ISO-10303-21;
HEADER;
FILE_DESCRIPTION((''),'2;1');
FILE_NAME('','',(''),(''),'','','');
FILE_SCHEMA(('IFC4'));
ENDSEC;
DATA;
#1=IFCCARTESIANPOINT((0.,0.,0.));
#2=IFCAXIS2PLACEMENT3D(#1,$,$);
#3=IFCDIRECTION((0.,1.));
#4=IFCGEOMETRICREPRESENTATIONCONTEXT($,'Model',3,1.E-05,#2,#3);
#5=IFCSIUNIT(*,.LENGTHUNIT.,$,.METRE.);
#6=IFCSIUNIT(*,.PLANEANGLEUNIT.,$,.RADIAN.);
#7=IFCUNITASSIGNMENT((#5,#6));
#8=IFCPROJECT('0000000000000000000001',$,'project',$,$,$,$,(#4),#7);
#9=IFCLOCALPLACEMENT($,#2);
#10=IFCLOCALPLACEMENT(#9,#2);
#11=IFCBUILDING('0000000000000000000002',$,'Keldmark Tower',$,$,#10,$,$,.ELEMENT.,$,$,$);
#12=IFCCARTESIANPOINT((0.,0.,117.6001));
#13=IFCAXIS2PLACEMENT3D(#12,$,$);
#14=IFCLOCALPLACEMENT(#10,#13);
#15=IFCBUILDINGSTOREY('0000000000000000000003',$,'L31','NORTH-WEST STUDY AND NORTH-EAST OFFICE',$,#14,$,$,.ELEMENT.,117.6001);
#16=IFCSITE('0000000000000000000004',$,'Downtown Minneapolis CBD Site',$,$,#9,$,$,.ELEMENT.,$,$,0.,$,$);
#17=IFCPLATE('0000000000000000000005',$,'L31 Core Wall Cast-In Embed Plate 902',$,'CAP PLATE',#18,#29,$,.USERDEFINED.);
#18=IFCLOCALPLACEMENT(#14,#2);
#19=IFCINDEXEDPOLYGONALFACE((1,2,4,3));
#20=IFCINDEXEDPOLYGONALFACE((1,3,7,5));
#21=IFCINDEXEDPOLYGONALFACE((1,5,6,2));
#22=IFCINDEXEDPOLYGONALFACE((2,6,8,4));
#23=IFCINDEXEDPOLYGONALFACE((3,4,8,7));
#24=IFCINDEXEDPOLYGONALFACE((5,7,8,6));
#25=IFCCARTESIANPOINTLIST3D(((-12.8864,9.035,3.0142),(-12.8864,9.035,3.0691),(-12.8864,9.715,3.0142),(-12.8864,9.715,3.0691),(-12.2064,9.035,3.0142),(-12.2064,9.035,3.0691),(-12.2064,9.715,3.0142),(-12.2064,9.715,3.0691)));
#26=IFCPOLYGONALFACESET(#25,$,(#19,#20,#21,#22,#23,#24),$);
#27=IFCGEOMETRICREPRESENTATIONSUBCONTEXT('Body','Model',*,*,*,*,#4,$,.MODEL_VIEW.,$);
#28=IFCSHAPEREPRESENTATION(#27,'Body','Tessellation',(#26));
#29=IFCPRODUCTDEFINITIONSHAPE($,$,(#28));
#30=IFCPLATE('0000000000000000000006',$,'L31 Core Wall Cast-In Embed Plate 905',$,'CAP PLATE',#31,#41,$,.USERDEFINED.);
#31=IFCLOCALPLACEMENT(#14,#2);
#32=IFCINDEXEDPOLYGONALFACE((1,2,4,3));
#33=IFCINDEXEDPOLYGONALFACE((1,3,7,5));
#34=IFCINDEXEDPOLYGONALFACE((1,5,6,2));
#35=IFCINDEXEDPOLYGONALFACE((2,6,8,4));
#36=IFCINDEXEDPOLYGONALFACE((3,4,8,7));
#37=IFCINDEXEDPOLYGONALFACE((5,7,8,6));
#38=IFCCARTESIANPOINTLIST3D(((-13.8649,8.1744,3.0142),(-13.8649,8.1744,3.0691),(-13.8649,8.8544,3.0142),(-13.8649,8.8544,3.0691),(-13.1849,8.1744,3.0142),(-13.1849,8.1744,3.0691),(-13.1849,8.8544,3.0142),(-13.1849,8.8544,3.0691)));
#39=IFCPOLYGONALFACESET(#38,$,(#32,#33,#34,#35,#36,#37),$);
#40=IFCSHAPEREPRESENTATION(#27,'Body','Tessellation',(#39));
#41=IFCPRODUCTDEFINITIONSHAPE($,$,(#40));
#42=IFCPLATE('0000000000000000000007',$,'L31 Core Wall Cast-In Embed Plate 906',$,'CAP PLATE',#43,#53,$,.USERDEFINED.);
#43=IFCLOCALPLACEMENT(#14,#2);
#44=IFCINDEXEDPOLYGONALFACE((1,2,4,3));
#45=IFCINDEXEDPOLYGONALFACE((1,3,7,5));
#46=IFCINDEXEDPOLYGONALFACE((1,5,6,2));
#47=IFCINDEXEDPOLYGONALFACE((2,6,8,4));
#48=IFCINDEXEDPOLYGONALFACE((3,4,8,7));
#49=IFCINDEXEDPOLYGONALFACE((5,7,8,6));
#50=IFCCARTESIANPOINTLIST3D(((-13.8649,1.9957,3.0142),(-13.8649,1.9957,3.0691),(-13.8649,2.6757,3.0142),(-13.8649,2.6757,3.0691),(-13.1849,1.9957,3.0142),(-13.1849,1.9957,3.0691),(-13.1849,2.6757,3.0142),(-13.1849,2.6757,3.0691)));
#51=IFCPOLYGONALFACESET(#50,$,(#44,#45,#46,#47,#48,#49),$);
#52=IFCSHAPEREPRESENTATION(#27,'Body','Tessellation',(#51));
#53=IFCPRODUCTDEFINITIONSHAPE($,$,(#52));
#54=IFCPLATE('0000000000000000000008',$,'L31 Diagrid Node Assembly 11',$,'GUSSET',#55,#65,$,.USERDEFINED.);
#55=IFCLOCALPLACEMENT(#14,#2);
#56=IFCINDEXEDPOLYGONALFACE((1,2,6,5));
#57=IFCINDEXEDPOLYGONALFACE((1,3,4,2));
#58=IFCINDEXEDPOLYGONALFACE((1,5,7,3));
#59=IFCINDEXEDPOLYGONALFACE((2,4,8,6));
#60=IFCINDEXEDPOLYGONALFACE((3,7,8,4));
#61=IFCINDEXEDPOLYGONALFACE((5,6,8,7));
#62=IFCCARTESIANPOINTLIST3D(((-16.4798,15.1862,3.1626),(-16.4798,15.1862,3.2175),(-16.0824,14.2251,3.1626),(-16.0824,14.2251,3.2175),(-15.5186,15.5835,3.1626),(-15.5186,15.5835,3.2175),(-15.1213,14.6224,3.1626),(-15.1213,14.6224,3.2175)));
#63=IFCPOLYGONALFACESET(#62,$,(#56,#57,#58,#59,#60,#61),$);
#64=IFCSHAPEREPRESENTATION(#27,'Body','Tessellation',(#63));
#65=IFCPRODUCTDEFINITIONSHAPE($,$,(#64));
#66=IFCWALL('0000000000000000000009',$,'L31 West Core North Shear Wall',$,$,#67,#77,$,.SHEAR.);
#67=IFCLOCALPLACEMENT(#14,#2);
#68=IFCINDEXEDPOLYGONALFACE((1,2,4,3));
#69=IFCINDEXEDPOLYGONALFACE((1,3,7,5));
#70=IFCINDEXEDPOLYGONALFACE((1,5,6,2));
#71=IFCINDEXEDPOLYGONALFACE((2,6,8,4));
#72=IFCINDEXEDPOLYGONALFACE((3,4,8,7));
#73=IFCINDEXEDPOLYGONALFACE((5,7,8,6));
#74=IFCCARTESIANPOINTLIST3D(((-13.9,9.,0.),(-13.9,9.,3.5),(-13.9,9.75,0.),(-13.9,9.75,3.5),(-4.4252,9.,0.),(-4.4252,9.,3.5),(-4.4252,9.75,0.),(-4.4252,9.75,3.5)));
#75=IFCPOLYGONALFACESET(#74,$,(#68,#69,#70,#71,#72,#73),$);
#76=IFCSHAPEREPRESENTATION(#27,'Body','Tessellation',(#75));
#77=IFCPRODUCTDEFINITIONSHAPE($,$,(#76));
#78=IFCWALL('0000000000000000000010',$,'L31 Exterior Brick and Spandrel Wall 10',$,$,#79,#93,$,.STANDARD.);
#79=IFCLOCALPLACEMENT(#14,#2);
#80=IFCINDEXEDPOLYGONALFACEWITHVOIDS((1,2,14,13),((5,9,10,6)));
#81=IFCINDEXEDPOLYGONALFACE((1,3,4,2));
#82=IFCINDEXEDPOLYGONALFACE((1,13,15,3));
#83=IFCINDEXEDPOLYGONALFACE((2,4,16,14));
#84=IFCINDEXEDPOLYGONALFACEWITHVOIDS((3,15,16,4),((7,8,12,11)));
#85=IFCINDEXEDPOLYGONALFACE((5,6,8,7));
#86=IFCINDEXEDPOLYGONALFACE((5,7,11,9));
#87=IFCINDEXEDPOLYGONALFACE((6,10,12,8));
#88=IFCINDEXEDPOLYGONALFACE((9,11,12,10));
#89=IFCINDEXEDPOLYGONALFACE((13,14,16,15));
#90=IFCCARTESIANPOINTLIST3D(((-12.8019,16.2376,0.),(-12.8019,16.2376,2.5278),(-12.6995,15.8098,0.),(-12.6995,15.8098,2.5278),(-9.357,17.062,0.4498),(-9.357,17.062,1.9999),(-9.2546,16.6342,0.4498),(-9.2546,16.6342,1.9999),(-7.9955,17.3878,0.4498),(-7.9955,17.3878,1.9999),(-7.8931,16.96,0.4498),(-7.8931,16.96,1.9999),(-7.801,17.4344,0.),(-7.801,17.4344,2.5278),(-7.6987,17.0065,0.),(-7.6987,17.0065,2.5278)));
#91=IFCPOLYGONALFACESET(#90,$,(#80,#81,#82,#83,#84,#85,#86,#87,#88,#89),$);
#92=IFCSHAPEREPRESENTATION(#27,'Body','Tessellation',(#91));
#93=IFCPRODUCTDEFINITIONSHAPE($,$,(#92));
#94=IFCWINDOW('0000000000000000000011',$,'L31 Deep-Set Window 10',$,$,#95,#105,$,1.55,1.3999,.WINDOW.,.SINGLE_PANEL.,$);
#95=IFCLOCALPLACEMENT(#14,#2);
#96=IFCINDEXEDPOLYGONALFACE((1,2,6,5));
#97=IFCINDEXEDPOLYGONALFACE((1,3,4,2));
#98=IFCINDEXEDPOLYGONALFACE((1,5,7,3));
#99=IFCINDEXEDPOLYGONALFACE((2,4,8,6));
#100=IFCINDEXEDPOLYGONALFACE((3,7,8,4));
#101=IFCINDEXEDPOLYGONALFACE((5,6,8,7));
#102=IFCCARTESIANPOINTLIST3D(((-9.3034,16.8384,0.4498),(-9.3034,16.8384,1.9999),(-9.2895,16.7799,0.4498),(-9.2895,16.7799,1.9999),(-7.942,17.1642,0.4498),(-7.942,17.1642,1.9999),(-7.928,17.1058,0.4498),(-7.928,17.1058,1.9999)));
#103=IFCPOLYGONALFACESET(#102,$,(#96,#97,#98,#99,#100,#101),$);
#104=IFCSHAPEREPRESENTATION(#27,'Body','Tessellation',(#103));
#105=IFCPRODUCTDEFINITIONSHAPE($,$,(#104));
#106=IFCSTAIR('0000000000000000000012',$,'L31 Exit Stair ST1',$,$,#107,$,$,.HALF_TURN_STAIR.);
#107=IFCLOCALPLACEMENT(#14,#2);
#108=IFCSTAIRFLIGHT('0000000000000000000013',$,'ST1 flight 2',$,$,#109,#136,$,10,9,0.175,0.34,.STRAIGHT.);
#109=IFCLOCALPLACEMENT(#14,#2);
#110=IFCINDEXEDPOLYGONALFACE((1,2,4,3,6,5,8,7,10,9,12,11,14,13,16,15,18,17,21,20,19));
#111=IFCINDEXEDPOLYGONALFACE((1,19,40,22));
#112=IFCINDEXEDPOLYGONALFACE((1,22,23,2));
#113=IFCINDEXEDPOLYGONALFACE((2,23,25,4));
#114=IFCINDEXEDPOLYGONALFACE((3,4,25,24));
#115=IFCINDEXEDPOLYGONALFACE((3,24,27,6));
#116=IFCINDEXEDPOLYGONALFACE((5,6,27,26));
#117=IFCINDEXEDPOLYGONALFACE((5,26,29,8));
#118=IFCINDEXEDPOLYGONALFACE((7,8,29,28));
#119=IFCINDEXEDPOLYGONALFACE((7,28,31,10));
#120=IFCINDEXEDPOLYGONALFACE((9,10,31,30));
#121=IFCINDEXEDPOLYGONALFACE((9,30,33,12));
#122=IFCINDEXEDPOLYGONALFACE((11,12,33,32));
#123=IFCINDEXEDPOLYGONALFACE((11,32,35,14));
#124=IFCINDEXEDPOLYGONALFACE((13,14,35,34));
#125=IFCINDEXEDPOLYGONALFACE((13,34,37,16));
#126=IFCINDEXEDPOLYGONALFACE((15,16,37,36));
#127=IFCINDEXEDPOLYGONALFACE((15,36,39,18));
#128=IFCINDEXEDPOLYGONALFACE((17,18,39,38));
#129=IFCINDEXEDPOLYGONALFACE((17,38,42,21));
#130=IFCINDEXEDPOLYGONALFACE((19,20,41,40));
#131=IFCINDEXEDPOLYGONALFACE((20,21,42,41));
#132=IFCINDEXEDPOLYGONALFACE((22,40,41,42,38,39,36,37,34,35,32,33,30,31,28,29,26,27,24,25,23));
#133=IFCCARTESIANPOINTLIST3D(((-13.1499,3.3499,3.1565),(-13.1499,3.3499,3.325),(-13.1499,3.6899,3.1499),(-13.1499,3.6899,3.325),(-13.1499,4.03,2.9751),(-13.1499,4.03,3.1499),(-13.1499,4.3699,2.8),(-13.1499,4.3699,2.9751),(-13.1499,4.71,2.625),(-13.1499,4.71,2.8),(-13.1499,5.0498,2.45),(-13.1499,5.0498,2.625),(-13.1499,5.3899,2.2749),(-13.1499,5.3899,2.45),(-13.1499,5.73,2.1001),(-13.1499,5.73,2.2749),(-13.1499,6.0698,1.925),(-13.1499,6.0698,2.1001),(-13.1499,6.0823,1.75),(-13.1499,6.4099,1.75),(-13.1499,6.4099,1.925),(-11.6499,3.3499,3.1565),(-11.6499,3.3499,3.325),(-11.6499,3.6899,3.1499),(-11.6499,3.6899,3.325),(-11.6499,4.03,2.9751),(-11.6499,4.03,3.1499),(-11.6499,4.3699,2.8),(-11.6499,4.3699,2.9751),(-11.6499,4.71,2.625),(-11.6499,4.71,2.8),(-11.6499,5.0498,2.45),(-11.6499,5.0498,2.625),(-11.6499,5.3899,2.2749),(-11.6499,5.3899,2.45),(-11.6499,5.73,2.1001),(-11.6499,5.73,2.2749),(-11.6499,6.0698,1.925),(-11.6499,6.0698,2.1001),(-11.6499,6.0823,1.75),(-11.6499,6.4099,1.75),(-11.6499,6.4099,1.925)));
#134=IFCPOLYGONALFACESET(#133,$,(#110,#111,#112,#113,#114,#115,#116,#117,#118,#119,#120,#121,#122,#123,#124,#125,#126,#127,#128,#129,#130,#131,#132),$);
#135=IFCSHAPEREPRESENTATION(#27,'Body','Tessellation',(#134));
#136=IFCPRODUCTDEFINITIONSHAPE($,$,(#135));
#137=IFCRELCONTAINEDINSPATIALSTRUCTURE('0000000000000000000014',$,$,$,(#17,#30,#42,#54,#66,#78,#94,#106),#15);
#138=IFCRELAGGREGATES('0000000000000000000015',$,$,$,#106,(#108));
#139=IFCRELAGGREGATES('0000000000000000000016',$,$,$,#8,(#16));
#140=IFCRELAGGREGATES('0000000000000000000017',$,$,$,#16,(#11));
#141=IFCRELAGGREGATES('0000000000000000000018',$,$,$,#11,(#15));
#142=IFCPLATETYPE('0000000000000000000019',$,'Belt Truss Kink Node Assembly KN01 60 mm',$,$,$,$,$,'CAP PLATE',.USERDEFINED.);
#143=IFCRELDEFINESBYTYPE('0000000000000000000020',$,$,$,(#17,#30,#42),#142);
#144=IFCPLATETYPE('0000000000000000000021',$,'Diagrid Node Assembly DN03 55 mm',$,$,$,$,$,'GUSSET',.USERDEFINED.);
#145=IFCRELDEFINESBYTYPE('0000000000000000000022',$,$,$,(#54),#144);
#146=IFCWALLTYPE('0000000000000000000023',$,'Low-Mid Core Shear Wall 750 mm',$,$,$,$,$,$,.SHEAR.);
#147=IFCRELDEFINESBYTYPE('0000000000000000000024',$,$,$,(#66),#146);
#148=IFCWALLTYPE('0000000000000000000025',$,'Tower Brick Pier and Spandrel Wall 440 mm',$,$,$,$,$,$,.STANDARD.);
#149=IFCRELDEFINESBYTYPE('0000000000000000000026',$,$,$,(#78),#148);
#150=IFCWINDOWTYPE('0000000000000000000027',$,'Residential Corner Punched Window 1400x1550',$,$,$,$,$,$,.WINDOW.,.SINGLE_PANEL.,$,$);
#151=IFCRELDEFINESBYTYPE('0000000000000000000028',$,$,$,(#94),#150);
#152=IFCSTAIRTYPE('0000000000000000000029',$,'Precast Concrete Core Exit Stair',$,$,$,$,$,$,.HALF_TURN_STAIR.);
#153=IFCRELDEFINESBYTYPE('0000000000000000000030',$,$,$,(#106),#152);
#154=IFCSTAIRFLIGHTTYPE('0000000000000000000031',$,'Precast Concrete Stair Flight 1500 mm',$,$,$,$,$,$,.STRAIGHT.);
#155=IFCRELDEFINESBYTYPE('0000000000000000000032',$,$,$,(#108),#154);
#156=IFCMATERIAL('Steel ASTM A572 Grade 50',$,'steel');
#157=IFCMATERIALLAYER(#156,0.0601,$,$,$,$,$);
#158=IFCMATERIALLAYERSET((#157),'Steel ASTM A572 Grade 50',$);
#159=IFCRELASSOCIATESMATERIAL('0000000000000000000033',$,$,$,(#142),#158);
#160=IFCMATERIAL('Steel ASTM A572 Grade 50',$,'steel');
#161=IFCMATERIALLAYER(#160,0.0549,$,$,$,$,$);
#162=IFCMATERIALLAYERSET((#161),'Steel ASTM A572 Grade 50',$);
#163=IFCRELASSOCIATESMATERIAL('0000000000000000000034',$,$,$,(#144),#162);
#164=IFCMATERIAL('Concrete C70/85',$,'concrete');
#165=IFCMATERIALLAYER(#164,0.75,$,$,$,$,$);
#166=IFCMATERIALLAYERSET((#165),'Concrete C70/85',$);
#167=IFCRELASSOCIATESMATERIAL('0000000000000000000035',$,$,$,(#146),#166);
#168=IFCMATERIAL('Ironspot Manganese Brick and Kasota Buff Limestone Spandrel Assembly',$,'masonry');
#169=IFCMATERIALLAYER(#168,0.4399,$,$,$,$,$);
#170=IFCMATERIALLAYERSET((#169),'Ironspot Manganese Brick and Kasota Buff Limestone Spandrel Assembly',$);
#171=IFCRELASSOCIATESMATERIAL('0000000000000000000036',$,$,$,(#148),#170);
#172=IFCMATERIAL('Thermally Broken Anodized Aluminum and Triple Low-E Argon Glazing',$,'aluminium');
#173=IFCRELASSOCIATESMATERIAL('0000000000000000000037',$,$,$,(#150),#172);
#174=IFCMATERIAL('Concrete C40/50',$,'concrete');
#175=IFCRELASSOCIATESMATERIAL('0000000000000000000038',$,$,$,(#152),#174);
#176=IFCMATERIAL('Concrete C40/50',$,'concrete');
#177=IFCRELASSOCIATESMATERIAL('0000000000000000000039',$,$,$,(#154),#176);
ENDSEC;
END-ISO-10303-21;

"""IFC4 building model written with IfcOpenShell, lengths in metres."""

from ifc_helpers import new_model, si_unit, direction, frame, frame_2d, origin, origin_2d, place, context, subcontext, project, spatial, polyline, rectangle, outline, extrude, material, layer, layer_set, type_object, element, fill, aggregate, save


model = new_model("IFC4")

# Units and contexts
model_context = context("Model", 3, precision=1e-05, world=origin(), true_north=direction((0.0, 1.0)))
body_context = subcontext(model_context, "Body", "Model", "MODEL_VIEW")
ifc_project = project(units=[si_unit("LENGTHUNIT", "METRE"), si_unit("PLANEANGLEUNIT", "RADIAN")], contexts=[model_context])

# Site, building, storey
site_placement = place(None, origin())
site = spatial("IfcSite", under=ifc_project, at=site_placement, Name="Downtown Minneapolis CBD Site", CompositionType="ELEMENT", RefElevation=0.0)
building_placement = place(site_placement, origin())
building = spatial("IfcBuilding", under=site, at=building_placement, Name="Keldmark Tower", CompositionType="ELEMENT")
storey_placement = place(building_placement, frame((0.0, 0.0, 117.6001)))
storey = spatial("IfcBuildingStorey", under=building, at=storey_placement, Name="L31", Description="NORTH-WEST STUDY AND NORTH-EAST OFFICE", CompositionType="ELEMENT", Elevation=117.6001)

# Plates
ifc_material_1 = material(Name="Steel ASTM A572 Grade 50", Category="steel")
ifc_layer_1 = layer(ifc_material_1, 0.0601)
ifc_layer_set_1 = layer_set([ifc_layer_1], Name="Steel ASTM A572 Grade 50")
plate_type_1 = type_object("IfcPlateType", Name="Belt Truss Kink Node Assembly KN01 60 mm", ElementType="CAP PLATE", PredefinedType="USERDEFINED", material=ifc_layer_set_1)
for number, where, z_axis, x_axis, name in (
    (1, (-12.5464, 9.375, 3.0142), (0.0, 0.0, 1.0), (1.0, 0.0, 0.0), "L31 Core Wall Cast-In Embed Plate 902"),
    (2, (-13.5249, 8.5144, 3.0142), (0.0, 0.0, 1.0), (1.0, 0.0, 0.0), "L31 Core Wall Cast-In Embed Plate 905"),
    (3, (-13.5249, 2.3357, 3.0142), (0.0, 0.0, 1.0), (1.0, 0.0, 0.0), "L31 Core Wall Cast-In Embed Plate 906"),
):
    element("IfcPlate", number, at=place(storey_placement, frame(where, z_axis=z_axis, x_axis=x_axis)), inside=storey, type_object=plate_type_1, Name=name, ObjectType="CAP PLATE", PredefinedType="USERDEFINED", context=body_context, shape_type="SweptSolid", body=[
        extrude(rectangle(XDim=0.6799, YDim=0.6799, at=origin_2d()), origin(), (0.0, 0.0, 1.0), 0.0549),
    ])
ifc_material_2 = material(Name="Steel ASTM A572 Grade 50", Category="steel")
ifc_layer_2 = layer(ifc_material_2, 0.0549)
ifc_layer_set_2 = layer_set([ifc_layer_2], Name="Steel ASTM A572 Grade 50")
plate_type_2 = type_object("IfcPlateType", Name="Diagrid Node Assembly DN03 55 mm", ElementType="GUSSET", PredefinedType="USERDEFINED", material=ifc_layer_set_2)
plate_placement = place(storey_placement, frame((-15.8005, 14.9043, 3.1626), z_axis=(0.0, 0.0, 1.0), x_axis=(-0.924146, -0.382038, 0.0)))
element("IfcPlate", 4, at=plate_placement, inside=storey, type_object=plate_type_2, Name="L31 Diagrid Node Assembly 11", ObjectType="GUSSET", PredefinedType="USERDEFINED", context=body_context, shape_type="SweptSolid", body=[
    extrude(rectangle(XDim=1.04, YDim=1.04, at=origin_2d()), origin(), (0.0, 0.0, 1.0), 0.0549),
])

# Wall
ifc_material_3 = material(Name="Concrete C70/85", Category="concrete")
ifc_layer_3 = layer(ifc_material_3, 0.75)
ifc_layer_set_3 = layer_set([ifc_layer_3], Name="Concrete C70/85")
wall_type_1 = type_object("IfcWallType", Name="Low-Mid Core Shear Wall 750 mm", PredefinedType="SHEAR", material=ifc_layer_set_3)
wall_1_placement = place(storey_placement, frame((-13.8999, 9.375, 0.0), z_axis=(0.0, 0.0, 1.0), x_axis=(1.0, 0.0, 0.0)))
element("IfcWall", 5, at=wall_1_placement, inside=storey, type_object=wall_type_1, Name="L31 West Core North Shear Wall", PredefinedType="SHEAR", context=body_context, shape_type="SweptSolid", body=[
    extrude(rectangle(XDim=9.4749, YDim=0.75, at=frame_2d((4.7373, 0.0))), origin(), (0.0, 0.0, 1.0), 3.5),
])

# Wall, opening, window
ifc_material_4 = material(Name="Ironspot Manganese Brick and Kasota Buff Limestone Spandrel Assembly", Category="masonry")
ifc_layer_4 = layer(ifc_material_4, 0.4399)
ifc_layer_set_4 = layer_set([ifc_layer_4], Name="Ironspot Manganese Brick and Kasota Buff Limestone Spandrel Assembly")
wall_type_2 = type_object("IfcWallType", Name="Tower Brick Pier and Spandrel Wall 440 mm", PredefinedType="STANDARD", material=ifc_layer_set_4)
wall_2_placement = place(storey_placement, frame((-12.7507, 16.0237, 0.0), z_axis=(0.0, 0.0, 1.0), x_axis=(0.97254, 0.232737, 0.0)))
wall_2 = element("IfcWall", 6, at=wall_2_placement, inside=storey, type_object=wall_type_2, Name="L31 Exterior Brick and Spandrel Wall 10", PredefinedType="STANDARD", context=body_context, shape_type="SweptSolid", body=[
    extrude(rectangle(XDim=5.1421, YDim=0.4399, at=frame_2d((2.571, 0.0))), origin(), (0.0, 0.0, 1.0), 2.5278),
])
opening_1_placement = place(wall_2_placement, frame((3.5422, 0.0, 0.45)))
opening_1 = element("IfcOpeningElement", 7, at=opening_1_placement, cuts=wall_2, PredefinedType="OPENING", context=body_context, shape_type="SweptSolid", body=[
    extrude(rectangle(XDim=1.3999, YDim=1.55, at=frame_2d((0.7, 0.7749))), frame((0.0, 0.23, 0.0), z_axis=(0.0, -1.0, 0.0), x_axis=(1.0, 0.0, 0.0)), (0.0, 0.0, 1.0), 0.46),
])
ifc_material_5 = material(Name="Thermally Broken Anodized Aluminum and Triple Low-E Argon Glazing", Category="aluminium")
window_type = type_object("IfcWindowType", Name="Residential Corner Punched Window 1400x1550", PartitioningType="SINGLE_PANEL", PredefinedType="WINDOW", material=ifc_material_5)
window_placement = place(opening_1_placement, origin())
window = element("IfcWindow", 8, at=window_placement, inside=storey, type_object=window_type, Name="L31 Deep-Set Window 10", OverallHeight=1.55, OverallWidth=1.3999, PartitioningType="SINGLE_PANEL", PredefinedType="WINDOW", context=body_context, shape_type="SweptSolid", body=[
    extrude(rectangle(XDim=1.3999, YDim=1.55, at=frame_2d((0.7, 0.7749))), frame((0.0, -0.01, 0.0), z_axis=(0.0, -1.0, 0.0), x_axis=(1.0, 0.0, 0.0)), (0.0, 0.0, 1.0), 0.0601),
])
fill(opening_1, window)

# Stair, stair flight
ifc_material_6 = material(Name="Concrete C40/50", Category="concrete")
stair_type = type_object("IfcStairType", Name="Precast Concrete Core Exit Stair", PredefinedType="HALF_TURN_STAIR", material=ifc_material_6)
stair_placement = place(storey_placement, origin())
stair = element("IfcStair", 9, at=stair_placement, inside=storey, type_object=stair_type, Name="L31 Exit Stair ST1", PredefinedType="HALF_TURN_STAIR")
ifc_material_7 = material(Name="Concrete C40/50", Category="concrete")
stair_flight_type = type_object("IfcStairFlightType", Name="Precast Concrete Stair Flight 1500 mm", PredefinedType="STRAIGHT", material=ifc_material_7)
stair_flight_placement = place(storey_placement, frame((-12.3999, 6.4099, 1.75), z_axis=(0.0, 0.0, 1.0), x_axis=(0.0, -1.0, 0.0)))
stair_flight = element("IfcStairFlight", 10, at=stair_flight_placement, type_object=stair_flight_type, Name="ST1 flight 2", NumberOfRisers=10, NumberOfTreads=9, PredefinedType="STRAIGHT", RiserHeight=0.175, TreadLength=0.34, context=body_context, shape_type="SweptSolid", body=[
    extrude(outline(polyline([(0.0, 0.0), (0.0, 0.175), (0.3401, 0.175), (0.3401, 0.3501), (0.6799, 0.3501), (0.6799, 0.5249), (1.02, 0.5249), (1.02, 0.7), (1.3601, 0.7), (1.3601, 0.875), (1.7, 0.875), (1.7, 1.05), (2.04, 1.05), (2.04, 1.2251), (2.3799, 1.2251), (2.3799, 1.3999), (2.72, 1.3999), (2.72, 1.575), (3.0601, 1.575), (3.0601, 1.75), (3.0601, 1.4065), (0.3276, 0.0), (0.0, 0.0)])), frame((0.0, 0.75, 0.0), z_axis=(0.0, -1.0, 0.0), x_axis=(1.0, 0.0, 0.0)), (0.0, 0.0, 1.0), 1.5),
])
aggregate(stair, [stair_flight])

save(model, "model.ifc")
